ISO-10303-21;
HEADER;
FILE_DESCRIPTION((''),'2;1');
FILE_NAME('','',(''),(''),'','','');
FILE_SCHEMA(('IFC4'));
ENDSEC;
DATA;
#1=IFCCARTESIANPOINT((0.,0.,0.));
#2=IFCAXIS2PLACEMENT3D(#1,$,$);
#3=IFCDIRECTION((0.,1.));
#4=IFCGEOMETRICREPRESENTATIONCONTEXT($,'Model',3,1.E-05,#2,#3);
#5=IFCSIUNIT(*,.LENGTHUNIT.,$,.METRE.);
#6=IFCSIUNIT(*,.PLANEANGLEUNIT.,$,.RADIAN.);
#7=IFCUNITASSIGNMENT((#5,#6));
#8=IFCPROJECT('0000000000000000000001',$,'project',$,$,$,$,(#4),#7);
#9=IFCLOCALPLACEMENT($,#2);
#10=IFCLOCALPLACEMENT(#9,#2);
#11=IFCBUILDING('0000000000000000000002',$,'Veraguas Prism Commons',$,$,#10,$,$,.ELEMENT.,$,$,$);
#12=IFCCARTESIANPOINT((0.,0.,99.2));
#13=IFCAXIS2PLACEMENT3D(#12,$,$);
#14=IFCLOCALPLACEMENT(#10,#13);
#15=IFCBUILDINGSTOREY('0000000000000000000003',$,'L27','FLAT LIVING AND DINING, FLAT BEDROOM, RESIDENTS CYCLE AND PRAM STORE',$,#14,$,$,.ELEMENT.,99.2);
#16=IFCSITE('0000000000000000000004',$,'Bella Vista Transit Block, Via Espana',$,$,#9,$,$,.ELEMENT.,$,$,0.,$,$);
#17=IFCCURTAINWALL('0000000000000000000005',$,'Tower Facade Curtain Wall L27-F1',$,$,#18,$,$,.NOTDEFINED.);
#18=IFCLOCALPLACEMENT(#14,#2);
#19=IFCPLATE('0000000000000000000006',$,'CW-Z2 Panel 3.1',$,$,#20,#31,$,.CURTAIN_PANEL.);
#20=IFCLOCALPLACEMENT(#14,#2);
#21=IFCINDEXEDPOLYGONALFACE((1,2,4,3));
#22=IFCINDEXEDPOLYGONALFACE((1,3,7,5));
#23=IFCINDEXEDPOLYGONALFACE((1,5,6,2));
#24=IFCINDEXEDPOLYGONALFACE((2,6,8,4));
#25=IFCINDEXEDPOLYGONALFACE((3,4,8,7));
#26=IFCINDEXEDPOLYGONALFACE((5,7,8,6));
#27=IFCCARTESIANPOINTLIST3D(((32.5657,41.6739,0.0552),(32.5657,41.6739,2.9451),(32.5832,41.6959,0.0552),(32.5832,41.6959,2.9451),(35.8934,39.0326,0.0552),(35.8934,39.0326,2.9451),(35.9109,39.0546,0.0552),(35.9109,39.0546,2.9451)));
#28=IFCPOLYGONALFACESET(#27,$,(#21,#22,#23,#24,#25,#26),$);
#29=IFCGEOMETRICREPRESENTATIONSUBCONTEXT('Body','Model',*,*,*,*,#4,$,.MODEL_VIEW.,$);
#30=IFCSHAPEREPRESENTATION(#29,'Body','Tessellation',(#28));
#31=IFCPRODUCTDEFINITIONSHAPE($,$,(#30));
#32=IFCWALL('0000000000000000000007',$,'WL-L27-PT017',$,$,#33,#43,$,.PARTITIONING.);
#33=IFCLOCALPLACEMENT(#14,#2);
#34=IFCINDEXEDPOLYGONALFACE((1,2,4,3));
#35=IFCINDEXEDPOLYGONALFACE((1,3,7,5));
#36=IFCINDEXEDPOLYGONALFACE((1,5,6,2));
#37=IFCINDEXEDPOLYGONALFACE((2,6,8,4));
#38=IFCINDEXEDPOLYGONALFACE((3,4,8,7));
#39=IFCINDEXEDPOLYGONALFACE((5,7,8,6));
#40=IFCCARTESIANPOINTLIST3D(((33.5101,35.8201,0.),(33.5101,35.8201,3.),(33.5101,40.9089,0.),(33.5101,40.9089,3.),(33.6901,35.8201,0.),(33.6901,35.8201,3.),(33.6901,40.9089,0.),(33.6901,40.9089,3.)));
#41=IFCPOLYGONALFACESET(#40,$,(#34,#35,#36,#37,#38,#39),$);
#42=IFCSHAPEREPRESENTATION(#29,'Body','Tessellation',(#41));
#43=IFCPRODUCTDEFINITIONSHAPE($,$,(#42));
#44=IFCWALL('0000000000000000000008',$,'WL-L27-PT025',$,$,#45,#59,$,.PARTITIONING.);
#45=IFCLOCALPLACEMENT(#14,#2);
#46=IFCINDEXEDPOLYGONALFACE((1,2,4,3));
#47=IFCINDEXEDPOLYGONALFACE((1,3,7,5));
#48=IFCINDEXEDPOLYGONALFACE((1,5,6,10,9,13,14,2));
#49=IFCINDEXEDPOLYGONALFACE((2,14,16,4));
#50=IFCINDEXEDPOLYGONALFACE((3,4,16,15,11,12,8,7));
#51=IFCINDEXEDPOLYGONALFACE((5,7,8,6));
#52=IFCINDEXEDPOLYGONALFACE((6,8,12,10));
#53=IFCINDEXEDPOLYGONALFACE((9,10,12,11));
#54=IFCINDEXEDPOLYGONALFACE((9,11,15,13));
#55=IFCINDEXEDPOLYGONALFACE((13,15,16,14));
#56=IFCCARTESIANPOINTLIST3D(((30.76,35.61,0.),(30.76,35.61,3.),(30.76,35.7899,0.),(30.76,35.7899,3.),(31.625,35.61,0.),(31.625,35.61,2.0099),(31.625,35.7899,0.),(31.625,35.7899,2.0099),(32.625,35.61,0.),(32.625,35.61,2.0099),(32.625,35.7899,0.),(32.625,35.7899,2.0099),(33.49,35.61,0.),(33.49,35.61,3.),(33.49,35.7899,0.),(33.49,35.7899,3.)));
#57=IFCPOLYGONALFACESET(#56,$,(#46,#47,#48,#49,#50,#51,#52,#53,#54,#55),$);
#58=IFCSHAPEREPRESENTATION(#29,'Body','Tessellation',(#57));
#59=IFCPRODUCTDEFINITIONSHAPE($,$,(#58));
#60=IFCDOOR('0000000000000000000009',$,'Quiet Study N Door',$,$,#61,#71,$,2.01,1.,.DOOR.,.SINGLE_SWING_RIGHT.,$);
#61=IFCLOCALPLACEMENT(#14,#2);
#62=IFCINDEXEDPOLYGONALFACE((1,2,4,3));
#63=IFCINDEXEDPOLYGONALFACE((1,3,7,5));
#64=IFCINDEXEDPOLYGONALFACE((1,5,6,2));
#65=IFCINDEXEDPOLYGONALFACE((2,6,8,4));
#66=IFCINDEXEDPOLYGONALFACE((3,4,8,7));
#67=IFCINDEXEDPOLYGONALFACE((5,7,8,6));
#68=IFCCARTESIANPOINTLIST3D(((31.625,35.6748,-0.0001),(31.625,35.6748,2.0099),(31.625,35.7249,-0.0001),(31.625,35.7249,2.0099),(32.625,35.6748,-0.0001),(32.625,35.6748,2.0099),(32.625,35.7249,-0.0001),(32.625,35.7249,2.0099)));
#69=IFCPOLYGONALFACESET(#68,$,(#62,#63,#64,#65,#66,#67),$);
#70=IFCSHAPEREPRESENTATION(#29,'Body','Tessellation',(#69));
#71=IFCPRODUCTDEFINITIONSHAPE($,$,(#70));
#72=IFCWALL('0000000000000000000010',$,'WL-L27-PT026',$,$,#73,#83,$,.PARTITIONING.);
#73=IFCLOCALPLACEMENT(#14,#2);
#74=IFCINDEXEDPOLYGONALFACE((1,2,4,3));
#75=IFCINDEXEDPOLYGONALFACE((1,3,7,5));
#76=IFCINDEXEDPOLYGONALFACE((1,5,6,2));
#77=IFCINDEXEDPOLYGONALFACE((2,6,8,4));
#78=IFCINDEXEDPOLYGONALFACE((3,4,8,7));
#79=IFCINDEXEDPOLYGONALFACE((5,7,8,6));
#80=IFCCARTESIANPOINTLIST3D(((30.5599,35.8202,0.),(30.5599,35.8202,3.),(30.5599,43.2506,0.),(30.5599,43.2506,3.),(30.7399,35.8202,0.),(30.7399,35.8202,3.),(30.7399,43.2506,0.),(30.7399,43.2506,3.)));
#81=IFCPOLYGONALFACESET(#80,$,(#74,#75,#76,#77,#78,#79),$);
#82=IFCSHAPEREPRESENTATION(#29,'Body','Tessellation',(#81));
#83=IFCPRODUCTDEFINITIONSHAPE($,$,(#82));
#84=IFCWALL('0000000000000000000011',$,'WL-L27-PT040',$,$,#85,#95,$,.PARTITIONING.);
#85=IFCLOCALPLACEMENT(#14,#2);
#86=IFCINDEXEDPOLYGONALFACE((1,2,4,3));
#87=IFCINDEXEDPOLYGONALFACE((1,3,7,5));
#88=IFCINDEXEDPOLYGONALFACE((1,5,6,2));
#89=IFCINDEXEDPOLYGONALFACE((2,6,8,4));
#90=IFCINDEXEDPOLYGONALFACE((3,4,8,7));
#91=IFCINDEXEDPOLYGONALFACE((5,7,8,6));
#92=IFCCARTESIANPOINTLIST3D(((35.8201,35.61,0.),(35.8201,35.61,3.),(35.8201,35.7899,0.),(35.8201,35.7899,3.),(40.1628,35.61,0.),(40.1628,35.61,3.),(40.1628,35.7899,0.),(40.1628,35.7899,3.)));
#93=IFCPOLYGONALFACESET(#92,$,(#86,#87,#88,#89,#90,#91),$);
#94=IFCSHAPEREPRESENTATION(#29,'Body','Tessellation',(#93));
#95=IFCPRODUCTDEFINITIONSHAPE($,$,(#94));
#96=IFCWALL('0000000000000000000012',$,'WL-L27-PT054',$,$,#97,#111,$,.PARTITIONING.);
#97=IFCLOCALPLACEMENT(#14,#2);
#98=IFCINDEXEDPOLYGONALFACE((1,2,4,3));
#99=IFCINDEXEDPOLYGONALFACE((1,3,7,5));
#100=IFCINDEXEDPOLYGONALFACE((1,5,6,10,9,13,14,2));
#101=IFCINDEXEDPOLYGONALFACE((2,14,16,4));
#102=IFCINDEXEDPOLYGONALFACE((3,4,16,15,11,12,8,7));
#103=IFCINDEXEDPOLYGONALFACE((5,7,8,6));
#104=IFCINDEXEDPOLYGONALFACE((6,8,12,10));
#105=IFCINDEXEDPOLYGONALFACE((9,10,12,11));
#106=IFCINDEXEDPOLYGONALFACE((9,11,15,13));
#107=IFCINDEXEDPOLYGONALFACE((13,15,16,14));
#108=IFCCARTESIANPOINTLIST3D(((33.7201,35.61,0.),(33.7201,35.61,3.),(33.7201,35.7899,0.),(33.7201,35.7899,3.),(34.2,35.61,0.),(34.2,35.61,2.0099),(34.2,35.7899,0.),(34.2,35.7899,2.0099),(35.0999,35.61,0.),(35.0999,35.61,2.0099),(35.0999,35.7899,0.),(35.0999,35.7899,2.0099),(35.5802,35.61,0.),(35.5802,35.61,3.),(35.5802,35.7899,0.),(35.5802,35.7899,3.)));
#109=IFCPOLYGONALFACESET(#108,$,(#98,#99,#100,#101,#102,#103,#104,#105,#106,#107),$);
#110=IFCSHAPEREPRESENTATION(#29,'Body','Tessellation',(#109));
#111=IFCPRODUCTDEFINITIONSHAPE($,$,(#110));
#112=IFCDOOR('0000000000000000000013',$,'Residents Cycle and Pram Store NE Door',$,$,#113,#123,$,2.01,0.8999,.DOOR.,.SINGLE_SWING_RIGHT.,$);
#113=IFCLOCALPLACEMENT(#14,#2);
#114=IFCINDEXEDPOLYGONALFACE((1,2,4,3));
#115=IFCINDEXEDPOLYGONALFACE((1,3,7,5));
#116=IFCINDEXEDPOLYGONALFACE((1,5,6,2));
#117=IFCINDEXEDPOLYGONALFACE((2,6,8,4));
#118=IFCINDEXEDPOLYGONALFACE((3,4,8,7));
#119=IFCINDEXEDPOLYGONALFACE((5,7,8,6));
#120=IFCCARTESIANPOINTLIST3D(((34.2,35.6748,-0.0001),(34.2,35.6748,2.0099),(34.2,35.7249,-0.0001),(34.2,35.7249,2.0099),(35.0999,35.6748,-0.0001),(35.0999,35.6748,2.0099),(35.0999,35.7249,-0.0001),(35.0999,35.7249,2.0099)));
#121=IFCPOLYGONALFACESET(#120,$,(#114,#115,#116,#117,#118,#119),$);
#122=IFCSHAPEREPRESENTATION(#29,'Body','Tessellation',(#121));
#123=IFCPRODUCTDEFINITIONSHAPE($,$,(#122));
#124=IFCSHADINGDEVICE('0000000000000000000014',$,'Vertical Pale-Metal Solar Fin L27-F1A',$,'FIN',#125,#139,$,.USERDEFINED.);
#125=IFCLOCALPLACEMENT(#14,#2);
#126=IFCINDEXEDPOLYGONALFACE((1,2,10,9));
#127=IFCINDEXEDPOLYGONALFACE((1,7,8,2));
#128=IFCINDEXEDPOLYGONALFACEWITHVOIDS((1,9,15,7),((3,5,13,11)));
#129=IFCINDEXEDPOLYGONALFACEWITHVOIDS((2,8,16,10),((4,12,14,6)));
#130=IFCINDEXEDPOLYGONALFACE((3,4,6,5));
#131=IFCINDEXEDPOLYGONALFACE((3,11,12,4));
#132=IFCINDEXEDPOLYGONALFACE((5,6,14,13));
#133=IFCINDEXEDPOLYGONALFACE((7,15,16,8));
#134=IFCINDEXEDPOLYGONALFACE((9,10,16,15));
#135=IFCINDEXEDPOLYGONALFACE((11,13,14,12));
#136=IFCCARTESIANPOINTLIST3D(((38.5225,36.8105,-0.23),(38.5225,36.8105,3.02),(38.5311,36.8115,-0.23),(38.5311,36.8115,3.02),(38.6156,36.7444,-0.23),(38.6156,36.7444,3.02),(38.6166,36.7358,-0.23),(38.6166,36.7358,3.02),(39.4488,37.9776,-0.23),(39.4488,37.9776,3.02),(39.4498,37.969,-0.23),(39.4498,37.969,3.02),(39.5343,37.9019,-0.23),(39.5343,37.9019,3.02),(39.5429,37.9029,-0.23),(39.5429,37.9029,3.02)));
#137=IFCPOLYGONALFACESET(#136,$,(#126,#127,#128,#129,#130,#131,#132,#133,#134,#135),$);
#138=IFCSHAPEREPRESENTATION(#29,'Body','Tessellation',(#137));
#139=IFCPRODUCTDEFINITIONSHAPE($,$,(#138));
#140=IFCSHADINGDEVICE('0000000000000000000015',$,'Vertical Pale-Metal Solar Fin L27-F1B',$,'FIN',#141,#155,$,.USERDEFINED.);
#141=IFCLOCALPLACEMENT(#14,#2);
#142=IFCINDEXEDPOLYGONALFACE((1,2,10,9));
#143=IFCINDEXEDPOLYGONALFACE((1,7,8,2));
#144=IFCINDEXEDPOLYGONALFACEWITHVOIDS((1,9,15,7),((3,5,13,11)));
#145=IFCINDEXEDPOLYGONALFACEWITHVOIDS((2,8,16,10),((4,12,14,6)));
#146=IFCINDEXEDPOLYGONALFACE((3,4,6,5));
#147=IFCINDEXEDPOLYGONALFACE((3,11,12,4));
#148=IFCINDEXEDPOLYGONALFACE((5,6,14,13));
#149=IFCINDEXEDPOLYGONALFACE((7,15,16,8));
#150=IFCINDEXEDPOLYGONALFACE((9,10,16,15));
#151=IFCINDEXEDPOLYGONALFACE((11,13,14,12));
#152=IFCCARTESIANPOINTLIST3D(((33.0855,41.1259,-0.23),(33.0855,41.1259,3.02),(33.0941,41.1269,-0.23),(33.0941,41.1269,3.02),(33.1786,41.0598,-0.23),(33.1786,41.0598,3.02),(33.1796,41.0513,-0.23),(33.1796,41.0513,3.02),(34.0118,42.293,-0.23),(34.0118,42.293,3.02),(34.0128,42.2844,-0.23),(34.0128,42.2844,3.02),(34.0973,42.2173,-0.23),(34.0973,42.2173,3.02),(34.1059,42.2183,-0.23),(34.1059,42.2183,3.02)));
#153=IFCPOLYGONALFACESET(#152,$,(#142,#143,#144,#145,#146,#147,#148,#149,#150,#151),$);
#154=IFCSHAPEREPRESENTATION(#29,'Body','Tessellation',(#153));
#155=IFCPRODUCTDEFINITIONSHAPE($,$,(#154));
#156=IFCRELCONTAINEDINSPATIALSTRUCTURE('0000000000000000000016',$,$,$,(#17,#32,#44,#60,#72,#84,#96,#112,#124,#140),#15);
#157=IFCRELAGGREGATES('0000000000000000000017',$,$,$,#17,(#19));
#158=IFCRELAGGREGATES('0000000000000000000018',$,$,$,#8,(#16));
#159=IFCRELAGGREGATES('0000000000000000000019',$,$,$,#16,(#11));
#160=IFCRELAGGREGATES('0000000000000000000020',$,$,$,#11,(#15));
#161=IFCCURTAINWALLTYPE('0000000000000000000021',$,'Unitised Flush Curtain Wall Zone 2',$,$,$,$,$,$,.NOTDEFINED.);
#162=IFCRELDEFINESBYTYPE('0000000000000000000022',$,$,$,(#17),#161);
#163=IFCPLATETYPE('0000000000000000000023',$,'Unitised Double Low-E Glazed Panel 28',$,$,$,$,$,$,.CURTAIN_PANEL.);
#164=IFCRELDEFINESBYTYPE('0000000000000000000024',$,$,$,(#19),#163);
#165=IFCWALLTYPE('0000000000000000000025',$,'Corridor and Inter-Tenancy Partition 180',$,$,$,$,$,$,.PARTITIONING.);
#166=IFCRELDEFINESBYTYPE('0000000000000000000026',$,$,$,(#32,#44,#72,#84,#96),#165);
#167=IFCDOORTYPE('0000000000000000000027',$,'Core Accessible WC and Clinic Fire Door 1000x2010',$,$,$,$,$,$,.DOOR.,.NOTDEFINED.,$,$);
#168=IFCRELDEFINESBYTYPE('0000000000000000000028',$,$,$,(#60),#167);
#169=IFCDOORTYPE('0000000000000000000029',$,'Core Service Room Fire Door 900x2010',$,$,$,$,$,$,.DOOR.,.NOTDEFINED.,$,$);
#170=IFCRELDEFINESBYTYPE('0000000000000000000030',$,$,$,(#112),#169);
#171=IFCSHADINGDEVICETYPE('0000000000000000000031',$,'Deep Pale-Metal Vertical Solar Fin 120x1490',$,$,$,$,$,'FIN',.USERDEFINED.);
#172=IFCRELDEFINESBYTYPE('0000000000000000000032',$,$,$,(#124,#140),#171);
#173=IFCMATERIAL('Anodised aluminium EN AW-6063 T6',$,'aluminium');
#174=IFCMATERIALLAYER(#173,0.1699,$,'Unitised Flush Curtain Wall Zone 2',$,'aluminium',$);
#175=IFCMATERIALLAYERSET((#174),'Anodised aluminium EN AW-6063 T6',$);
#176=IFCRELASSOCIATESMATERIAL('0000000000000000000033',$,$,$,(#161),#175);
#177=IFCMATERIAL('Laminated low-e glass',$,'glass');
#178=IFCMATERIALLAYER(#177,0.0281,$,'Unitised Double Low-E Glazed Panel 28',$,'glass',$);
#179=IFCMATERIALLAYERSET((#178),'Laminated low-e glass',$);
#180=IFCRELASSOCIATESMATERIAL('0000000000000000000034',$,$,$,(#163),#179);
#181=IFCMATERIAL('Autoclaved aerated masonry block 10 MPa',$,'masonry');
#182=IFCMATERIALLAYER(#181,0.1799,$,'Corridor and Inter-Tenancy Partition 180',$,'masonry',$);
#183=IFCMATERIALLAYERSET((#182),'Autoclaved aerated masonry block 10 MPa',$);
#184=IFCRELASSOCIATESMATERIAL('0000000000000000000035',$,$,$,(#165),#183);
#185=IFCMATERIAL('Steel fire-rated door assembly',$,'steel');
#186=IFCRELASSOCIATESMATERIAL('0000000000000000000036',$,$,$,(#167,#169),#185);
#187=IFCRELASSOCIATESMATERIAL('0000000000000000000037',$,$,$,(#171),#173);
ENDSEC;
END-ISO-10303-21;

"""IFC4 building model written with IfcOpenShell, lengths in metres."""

from ifc_helpers import new_model, si_unit, direction, frame, frame_2d, origin, origin_2d, place, context, subcontext, project, spatial, rectangle, hollow_rectangle, extrude, source, transform, mapped, material, layer, layer_set, material_profile, profile_set, type_object, element, fill, aggregate, save


model = new_model("IFC4")

# Units and contexts
model_context = context("Model", 3, precision=1e-05, world=origin(), true_north=direction((0.0, 1.0)))
body_context = subcontext(model_context, "Body", "Model", "MODEL_VIEW")
ifc_project = project(units=[si_unit("LENGTHUNIT", "METRE"), si_unit("PLANEANGLEUNIT", "RADIAN")], contexts=[model_context])

# Site, building, storey
site_placement = place(None, origin())
site = spatial("IfcSite", under=ifc_project, at=site_placement, Name="Bella Vista Transit Block, Via Espana", CompositionType="ELEMENT", RefElevation=0.0)
building_placement = place(site_placement, origin())
building = spatial("IfcBuilding", under=site, at=building_placement, Name="Veraguas Prism Commons", CompositionType="ELEMENT")
storey_placement = place(building_placement, frame((0.0, 0.0, 99.2)))
storey = spatial("IfcBuildingStorey", under=building, at=storey_placement, Name="L27", Description="FLAT LIVING AND DINING, FLAT BEDROOM, RESIDENTS CYCLE AND PRAM STORE", CompositionType="ELEMENT", Elevation=99.2)

# Curtain wall, plate
ifc_material_1 = material(Name="Anodised aluminium EN AW-6063 T6", Category="aluminium")
ifc_layer_1 = layer(ifc_material_1, 0.1699, Name="Unitised Flush Curtain Wall Zone 2", Category="aluminium")
ifc_layer_set_1 = layer_set([ifc_layer_1], Name="Anodised aluminium EN AW-6063 T6")
curtain_wall_type = type_object("IfcCurtainWallType", Name="Unitised Flush Curtain Wall Zone 2", PredefinedType="NOTDEFINED", material=ifc_layer_set_1)
curtain_wall_placement = place(storey_placement, origin())
curtain_wall = element("IfcCurtainWall", 1, at=curtain_wall_placement, inside=storey, type_object=curtain_wall_type, Name="Tower Facade Curtain Wall L27-F1", PredefinedType="NOTDEFINED")
ifc_material_2 = material(Name="Laminated low-e glass", Category="glass")
ifc_layer_2 = layer(ifc_material_2, 0.0281, Name="Unitised Double Low-E Glazed Panel 28", Category="glass")
ifc_layer_set_2 = layer_set([ifc_layer_2], Name="Laminated low-e glass")
plate_type = type_object("IfcPlateType", Name="Unitised Double Low-E Glazed Panel 28", PredefinedType="CURTAIN_PANEL", material=ifc_layer_set_2)
shared_shape_1 = source(origin(), body_context, "Body", "SweptSolid", [
    extrude(rectangle(XDim=4.2485, YDim=0.0281, at=origin_2d()), origin(), (0.0, 0.0, 1.0), 2.8899),
])
plate_1_placement = place(storey_placement, frame((34.2383, 40.3643, 0.0552), z_axis=(0.0, 0.0, 1.0), x_axis=(-0.783261, 0.621693, 0.0)))
plate_1 = element("IfcPlate", 2, at=plate_1_placement, type_object=plate_type, Name="CW-Z2 Panel 3.1", PredefinedType="CURTAIN_PANEL", context=body_context, shape_type="MappedRepresentation", body=[
    mapped(shared_shape_1, transform((0.0, 0.0, 0.0), scale=1.0)),
])
aggregate(curtain_wall, [plate_1])

# Wall
ifc_material_3 = material(Name="Autoclaved aerated masonry block 10 MPa", Category="masonry")
ifc_layer_3 = layer(ifc_material_3, 0.1799, Name="Corridor and Inter-Tenancy Partition 180", Category="masonry")
ifc_layer_set_3 = layer_set([ifc_layer_3], Name="Autoclaved aerated masonry block 10 MPa")
wall_type = type_object("IfcWallType", Name="Corridor and Inter-Tenancy Partition 180", PredefinedType="PARTITIONING", material=ifc_layer_set_3)
wall_1_placement = place(storey_placement, frame((33.6001, 35.8201, 0.0), z_axis=(0.0, 0.0, 1.0), x_axis=(0.0, 1.0, 0.0)))
element("IfcWall", 3, at=wall_1_placement, inside=storey, type_object=wall_type, Name="WL-L27-PT017", PredefinedType="PARTITIONING", context=body_context, shape_type="SweptSolid", body=[
    extrude(rectangle(XDim=5.0889, YDim=0.1799, at=frame_2d((2.5444, 0.0))), origin(), (0.0, 0.0, 1.0), 3.0),
])

# Wall, opening, door
wall_2_placement = place(storey_placement, frame((30.76, 35.7, 0.0), z_axis=(0.0, 0.0, 1.0), x_axis=(1.0, 0.0, 0.0)))
wall_2 = element("IfcWall", 4, at=wall_2_placement, inside=storey, type_object=wall_type, Name="WL-L27-PT025", PredefinedType="PARTITIONING", context=body_context, shape_type="SweptSolid", body=[
    extrude(rectangle(XDim=2.73, YDim=0.1799, at=frame_2d((1.365, 0.0))), origin(), (0.0, 0.0, 1.0), 3.0),
])
opening_1_placement = place(wall_2_placement, frame((0.865, 0.0, 0.0)))
opening_1 = element("IfcOpeningElement", 5, at=opening_1_placement, cuts=wall_2, PredefinedType="OPENING", context=body_context, shape_type="SweptSolid", body=[
    extrude(rectangle(XDim=1.0, YDim=2.01, at=frame_2d((0.5, 1.0049))), frame((0.0, 0.0999, 0.0), z_axis=(0.0, -1.0, 0.0), x_axis=(1.0, 0.0, 0.0)), (0.0, 0.0, 1.0), 0.2),
])
ifc_material_4 = material(Name="Steel fire-rated door assembly", Category="steel")
door_type_1 = type_object("IfcDoorType", Name="Core Accessible WC and Clinic Fire Door 1000x2010", OperationType="NOTDEFINED", PredefinedType="DOOR", material=ifc_material_4)
shared_shape_2 = source(origin(), body_context, "Body", "SweptSolid", [
    extrude(rectangle(XDim=1.0, YDim=2.01, at=frame_2d((0.5, 1.0049))), frame((0.0, 0.0249, 0.0), z_axis=(0.0, -1.0, 0.0), x_axis=(1.0, 0.0, 0.0)), (0.0, 0.0, 1.0), 0.05),
])
door_1_placement = place(opening_1_placement, origin())
door_1 = element("IfcDoor", 6, at=door_1_placement, inside=storey, type_object=door_type_1, Name="Quiet Study N Door", OperationType="SINGLE_SWING_RIGHT", OverallHeight=2.01, OverallWidth=1.0, PredefinedType="DOOR", context=body_context, shape_type="MappedRepresentation", body=[
    mapped(shared_shape_2, transform((0.0, 0.0, 0.0), scale=1.0)),
])
fill(opening_1, door_1)

# Walls
wall_3_placement = place(storey_placement, frame((30.6499, 35.8201, 0.0), z_axis=(0.0, 0.0, 1.0), x_axis=(0.0, 1.0, 0.0)))
element("IfcWall", 7, at=wall_3_placement, inside=storey, type_object=wall_type, Name="WL-L27-PT026", PredefinedType="PARTITIONING", context=body_context, shape_type="SweptSolid", body=[
    extrude(rectangle(XDim=7.4304, YDim=0.1799, at=frame_2d((3.7153, 0.0))), origin(), (0.0, 0.0, 1.0), 3.0),
])
wall_4_placement = place(storey_placement, frame((35.8201, 35.7, 0.0), z_axis=(0.0, 0.0, 1.0), x_axis=(1.0, 0.0, 0.0)))
element("IfcWall", 8, at=wall_4_placement, inside=storey, type_object=wall_type, Name="WL-L27-PT040", PredefinedType="PARTITIONING", context=body_context, shape_type="SweptSolid", body=[
    extrude(rectangle(XDim=4.3428, YDim=0.1799, at=frame_2d((2.1714, 0.0))), origin(), (0.0, 0.0, 1.0), 3.0),
])

# Wall, opening, door
wall_5_placement = place(storey_placement, frame((33.72, 35.7, 0.0), z_axis=(0.0, 0.0, 1.0), x_axis=(1.0, 0.0, 0.0)))
wall_5 = element("IfcWall", 9, at=wall_5_placement, inside=storey, type_object=wall_type, Name="WL-L27-PT054", PredefinedType="PARTITIONING", context=body_context, shape_type="SweptSolid", body=[
    extrude(rectangle(XDim=1.8601, YDim=0.1799, at=frame_2d((0.9302, 0.0))), origin(), (0.0, 0.0, 1.0), 3.0),
])
opening_2_placement = place(wall_5_placement, frame((0.48, 0.0, 0.0)))
opening_2 = element("IfcOpeningElement", 10, at=opening_2_placement, cuts=wall_5, PredefinedType="OPENING", context=body_context, shape_type="SweptSolid", body=[
    extrude(rectangle(XDim=0.8999, YDim=2.01, at=frame_2d((0.45, 1.0049))), frame((0.0, 0.0999, 0.0), z_axis=(0.0, -1.0, 0.0), x_axis=(1.0, 0.0, 0.0)), (0.0, 0.0, 1.0), 0.2),
])
door_type_2 = type_object("IfcDoorType", Name="Core Service Room Fire Door 900x2010", OperationType="NOTDEFINED", PredefinedType="DOOR", material=ifc_material_4)
shared_shape_3 = source(origin(), body_context, "Body", "SweptSolid", [
    extrude(rectangle(XDim=0.8999, YDim=2.01, at=frame_2d((0.45, 1.0049))), frame((0.0, 0.0249, 0.0), z_axis=(0.0, -1.0, 0.0), x_axis=(1.0, 0.0, 0.0)), (0.0, 0.0, 1.0), 0.05),
])
door_2_placement = place(opening_2_placement, origin())
door_2 = element("IfcDoor", 11, at=door_2_placement, inside=storey, type_object=door_type_2, Name="Residents Cycle and Pram Store NE Door", OperationType="SINGLE_SWING_RIGHT", OverallHeight=2.01, OverallWidth=0.8999, PredefinedType="DOOR", context=body_context, shape_type="MappedRepresentation", body=[
    mapped(shared_shape_3, transform((0.0, 0.0, 0.0), scale=1.0)),
])
fill(opening_2, door_2)

# Shading devices
ifc_material_profile_1 = material_profile(ifc_material_1, hollow_rectangle(XDim=0.1201, YDim=1.49, WallThickness=0.0061, at=origin_2d()), Name="FIN120X1490X6")
ifc_profile_set_1 = profile_set([ifc_material_profile_1], Name="Anodised aluminium EN AW-6063 T6")
shading_device_type = type_object("IfcShadingDeviceType", Name="Deep Pale-Metal Vertical Solar Fin 120x1490", ElementType="FIN", PredefinedType="USERDEFINED", material=ifc_profile_set_1)
for number, where, z_axis, x_axis, name in (
    (12, (39.0327, 37.3567, -0.23), (0.0, 0.0, 1.0), (-0.783261, 0.621693, 0.0), "Vertical Pale-Metal Solar Fin L27-F1A"),
    (13, (33.5957, 41.6721, -0.23), (0.0, 0.0, 1.0), (-0.783261, 0.621693, 0.0), "Vertical Pale-Metal Solar Fin L27-F1B"),
):
    element("IfcShadingDevice", number, at=place(storey_placement, frame(where, z_axis=z_axis, x_axis=x_axis)), inside=storey, type_object=shading_device_type, Name=name, ObjectType="FIN", PredefinedType="USERDEFINED", context=body_context, shape_type="SweptSolid", body=[
        extrude(hollow_rectangle(XDim=0.1201, YDim=1.49, WallThickness=0.0061, at=origin_2d()), origin(), (0.0, 0.0, 1.0), 3.25),
    ])

save(model, "model.ifc")
